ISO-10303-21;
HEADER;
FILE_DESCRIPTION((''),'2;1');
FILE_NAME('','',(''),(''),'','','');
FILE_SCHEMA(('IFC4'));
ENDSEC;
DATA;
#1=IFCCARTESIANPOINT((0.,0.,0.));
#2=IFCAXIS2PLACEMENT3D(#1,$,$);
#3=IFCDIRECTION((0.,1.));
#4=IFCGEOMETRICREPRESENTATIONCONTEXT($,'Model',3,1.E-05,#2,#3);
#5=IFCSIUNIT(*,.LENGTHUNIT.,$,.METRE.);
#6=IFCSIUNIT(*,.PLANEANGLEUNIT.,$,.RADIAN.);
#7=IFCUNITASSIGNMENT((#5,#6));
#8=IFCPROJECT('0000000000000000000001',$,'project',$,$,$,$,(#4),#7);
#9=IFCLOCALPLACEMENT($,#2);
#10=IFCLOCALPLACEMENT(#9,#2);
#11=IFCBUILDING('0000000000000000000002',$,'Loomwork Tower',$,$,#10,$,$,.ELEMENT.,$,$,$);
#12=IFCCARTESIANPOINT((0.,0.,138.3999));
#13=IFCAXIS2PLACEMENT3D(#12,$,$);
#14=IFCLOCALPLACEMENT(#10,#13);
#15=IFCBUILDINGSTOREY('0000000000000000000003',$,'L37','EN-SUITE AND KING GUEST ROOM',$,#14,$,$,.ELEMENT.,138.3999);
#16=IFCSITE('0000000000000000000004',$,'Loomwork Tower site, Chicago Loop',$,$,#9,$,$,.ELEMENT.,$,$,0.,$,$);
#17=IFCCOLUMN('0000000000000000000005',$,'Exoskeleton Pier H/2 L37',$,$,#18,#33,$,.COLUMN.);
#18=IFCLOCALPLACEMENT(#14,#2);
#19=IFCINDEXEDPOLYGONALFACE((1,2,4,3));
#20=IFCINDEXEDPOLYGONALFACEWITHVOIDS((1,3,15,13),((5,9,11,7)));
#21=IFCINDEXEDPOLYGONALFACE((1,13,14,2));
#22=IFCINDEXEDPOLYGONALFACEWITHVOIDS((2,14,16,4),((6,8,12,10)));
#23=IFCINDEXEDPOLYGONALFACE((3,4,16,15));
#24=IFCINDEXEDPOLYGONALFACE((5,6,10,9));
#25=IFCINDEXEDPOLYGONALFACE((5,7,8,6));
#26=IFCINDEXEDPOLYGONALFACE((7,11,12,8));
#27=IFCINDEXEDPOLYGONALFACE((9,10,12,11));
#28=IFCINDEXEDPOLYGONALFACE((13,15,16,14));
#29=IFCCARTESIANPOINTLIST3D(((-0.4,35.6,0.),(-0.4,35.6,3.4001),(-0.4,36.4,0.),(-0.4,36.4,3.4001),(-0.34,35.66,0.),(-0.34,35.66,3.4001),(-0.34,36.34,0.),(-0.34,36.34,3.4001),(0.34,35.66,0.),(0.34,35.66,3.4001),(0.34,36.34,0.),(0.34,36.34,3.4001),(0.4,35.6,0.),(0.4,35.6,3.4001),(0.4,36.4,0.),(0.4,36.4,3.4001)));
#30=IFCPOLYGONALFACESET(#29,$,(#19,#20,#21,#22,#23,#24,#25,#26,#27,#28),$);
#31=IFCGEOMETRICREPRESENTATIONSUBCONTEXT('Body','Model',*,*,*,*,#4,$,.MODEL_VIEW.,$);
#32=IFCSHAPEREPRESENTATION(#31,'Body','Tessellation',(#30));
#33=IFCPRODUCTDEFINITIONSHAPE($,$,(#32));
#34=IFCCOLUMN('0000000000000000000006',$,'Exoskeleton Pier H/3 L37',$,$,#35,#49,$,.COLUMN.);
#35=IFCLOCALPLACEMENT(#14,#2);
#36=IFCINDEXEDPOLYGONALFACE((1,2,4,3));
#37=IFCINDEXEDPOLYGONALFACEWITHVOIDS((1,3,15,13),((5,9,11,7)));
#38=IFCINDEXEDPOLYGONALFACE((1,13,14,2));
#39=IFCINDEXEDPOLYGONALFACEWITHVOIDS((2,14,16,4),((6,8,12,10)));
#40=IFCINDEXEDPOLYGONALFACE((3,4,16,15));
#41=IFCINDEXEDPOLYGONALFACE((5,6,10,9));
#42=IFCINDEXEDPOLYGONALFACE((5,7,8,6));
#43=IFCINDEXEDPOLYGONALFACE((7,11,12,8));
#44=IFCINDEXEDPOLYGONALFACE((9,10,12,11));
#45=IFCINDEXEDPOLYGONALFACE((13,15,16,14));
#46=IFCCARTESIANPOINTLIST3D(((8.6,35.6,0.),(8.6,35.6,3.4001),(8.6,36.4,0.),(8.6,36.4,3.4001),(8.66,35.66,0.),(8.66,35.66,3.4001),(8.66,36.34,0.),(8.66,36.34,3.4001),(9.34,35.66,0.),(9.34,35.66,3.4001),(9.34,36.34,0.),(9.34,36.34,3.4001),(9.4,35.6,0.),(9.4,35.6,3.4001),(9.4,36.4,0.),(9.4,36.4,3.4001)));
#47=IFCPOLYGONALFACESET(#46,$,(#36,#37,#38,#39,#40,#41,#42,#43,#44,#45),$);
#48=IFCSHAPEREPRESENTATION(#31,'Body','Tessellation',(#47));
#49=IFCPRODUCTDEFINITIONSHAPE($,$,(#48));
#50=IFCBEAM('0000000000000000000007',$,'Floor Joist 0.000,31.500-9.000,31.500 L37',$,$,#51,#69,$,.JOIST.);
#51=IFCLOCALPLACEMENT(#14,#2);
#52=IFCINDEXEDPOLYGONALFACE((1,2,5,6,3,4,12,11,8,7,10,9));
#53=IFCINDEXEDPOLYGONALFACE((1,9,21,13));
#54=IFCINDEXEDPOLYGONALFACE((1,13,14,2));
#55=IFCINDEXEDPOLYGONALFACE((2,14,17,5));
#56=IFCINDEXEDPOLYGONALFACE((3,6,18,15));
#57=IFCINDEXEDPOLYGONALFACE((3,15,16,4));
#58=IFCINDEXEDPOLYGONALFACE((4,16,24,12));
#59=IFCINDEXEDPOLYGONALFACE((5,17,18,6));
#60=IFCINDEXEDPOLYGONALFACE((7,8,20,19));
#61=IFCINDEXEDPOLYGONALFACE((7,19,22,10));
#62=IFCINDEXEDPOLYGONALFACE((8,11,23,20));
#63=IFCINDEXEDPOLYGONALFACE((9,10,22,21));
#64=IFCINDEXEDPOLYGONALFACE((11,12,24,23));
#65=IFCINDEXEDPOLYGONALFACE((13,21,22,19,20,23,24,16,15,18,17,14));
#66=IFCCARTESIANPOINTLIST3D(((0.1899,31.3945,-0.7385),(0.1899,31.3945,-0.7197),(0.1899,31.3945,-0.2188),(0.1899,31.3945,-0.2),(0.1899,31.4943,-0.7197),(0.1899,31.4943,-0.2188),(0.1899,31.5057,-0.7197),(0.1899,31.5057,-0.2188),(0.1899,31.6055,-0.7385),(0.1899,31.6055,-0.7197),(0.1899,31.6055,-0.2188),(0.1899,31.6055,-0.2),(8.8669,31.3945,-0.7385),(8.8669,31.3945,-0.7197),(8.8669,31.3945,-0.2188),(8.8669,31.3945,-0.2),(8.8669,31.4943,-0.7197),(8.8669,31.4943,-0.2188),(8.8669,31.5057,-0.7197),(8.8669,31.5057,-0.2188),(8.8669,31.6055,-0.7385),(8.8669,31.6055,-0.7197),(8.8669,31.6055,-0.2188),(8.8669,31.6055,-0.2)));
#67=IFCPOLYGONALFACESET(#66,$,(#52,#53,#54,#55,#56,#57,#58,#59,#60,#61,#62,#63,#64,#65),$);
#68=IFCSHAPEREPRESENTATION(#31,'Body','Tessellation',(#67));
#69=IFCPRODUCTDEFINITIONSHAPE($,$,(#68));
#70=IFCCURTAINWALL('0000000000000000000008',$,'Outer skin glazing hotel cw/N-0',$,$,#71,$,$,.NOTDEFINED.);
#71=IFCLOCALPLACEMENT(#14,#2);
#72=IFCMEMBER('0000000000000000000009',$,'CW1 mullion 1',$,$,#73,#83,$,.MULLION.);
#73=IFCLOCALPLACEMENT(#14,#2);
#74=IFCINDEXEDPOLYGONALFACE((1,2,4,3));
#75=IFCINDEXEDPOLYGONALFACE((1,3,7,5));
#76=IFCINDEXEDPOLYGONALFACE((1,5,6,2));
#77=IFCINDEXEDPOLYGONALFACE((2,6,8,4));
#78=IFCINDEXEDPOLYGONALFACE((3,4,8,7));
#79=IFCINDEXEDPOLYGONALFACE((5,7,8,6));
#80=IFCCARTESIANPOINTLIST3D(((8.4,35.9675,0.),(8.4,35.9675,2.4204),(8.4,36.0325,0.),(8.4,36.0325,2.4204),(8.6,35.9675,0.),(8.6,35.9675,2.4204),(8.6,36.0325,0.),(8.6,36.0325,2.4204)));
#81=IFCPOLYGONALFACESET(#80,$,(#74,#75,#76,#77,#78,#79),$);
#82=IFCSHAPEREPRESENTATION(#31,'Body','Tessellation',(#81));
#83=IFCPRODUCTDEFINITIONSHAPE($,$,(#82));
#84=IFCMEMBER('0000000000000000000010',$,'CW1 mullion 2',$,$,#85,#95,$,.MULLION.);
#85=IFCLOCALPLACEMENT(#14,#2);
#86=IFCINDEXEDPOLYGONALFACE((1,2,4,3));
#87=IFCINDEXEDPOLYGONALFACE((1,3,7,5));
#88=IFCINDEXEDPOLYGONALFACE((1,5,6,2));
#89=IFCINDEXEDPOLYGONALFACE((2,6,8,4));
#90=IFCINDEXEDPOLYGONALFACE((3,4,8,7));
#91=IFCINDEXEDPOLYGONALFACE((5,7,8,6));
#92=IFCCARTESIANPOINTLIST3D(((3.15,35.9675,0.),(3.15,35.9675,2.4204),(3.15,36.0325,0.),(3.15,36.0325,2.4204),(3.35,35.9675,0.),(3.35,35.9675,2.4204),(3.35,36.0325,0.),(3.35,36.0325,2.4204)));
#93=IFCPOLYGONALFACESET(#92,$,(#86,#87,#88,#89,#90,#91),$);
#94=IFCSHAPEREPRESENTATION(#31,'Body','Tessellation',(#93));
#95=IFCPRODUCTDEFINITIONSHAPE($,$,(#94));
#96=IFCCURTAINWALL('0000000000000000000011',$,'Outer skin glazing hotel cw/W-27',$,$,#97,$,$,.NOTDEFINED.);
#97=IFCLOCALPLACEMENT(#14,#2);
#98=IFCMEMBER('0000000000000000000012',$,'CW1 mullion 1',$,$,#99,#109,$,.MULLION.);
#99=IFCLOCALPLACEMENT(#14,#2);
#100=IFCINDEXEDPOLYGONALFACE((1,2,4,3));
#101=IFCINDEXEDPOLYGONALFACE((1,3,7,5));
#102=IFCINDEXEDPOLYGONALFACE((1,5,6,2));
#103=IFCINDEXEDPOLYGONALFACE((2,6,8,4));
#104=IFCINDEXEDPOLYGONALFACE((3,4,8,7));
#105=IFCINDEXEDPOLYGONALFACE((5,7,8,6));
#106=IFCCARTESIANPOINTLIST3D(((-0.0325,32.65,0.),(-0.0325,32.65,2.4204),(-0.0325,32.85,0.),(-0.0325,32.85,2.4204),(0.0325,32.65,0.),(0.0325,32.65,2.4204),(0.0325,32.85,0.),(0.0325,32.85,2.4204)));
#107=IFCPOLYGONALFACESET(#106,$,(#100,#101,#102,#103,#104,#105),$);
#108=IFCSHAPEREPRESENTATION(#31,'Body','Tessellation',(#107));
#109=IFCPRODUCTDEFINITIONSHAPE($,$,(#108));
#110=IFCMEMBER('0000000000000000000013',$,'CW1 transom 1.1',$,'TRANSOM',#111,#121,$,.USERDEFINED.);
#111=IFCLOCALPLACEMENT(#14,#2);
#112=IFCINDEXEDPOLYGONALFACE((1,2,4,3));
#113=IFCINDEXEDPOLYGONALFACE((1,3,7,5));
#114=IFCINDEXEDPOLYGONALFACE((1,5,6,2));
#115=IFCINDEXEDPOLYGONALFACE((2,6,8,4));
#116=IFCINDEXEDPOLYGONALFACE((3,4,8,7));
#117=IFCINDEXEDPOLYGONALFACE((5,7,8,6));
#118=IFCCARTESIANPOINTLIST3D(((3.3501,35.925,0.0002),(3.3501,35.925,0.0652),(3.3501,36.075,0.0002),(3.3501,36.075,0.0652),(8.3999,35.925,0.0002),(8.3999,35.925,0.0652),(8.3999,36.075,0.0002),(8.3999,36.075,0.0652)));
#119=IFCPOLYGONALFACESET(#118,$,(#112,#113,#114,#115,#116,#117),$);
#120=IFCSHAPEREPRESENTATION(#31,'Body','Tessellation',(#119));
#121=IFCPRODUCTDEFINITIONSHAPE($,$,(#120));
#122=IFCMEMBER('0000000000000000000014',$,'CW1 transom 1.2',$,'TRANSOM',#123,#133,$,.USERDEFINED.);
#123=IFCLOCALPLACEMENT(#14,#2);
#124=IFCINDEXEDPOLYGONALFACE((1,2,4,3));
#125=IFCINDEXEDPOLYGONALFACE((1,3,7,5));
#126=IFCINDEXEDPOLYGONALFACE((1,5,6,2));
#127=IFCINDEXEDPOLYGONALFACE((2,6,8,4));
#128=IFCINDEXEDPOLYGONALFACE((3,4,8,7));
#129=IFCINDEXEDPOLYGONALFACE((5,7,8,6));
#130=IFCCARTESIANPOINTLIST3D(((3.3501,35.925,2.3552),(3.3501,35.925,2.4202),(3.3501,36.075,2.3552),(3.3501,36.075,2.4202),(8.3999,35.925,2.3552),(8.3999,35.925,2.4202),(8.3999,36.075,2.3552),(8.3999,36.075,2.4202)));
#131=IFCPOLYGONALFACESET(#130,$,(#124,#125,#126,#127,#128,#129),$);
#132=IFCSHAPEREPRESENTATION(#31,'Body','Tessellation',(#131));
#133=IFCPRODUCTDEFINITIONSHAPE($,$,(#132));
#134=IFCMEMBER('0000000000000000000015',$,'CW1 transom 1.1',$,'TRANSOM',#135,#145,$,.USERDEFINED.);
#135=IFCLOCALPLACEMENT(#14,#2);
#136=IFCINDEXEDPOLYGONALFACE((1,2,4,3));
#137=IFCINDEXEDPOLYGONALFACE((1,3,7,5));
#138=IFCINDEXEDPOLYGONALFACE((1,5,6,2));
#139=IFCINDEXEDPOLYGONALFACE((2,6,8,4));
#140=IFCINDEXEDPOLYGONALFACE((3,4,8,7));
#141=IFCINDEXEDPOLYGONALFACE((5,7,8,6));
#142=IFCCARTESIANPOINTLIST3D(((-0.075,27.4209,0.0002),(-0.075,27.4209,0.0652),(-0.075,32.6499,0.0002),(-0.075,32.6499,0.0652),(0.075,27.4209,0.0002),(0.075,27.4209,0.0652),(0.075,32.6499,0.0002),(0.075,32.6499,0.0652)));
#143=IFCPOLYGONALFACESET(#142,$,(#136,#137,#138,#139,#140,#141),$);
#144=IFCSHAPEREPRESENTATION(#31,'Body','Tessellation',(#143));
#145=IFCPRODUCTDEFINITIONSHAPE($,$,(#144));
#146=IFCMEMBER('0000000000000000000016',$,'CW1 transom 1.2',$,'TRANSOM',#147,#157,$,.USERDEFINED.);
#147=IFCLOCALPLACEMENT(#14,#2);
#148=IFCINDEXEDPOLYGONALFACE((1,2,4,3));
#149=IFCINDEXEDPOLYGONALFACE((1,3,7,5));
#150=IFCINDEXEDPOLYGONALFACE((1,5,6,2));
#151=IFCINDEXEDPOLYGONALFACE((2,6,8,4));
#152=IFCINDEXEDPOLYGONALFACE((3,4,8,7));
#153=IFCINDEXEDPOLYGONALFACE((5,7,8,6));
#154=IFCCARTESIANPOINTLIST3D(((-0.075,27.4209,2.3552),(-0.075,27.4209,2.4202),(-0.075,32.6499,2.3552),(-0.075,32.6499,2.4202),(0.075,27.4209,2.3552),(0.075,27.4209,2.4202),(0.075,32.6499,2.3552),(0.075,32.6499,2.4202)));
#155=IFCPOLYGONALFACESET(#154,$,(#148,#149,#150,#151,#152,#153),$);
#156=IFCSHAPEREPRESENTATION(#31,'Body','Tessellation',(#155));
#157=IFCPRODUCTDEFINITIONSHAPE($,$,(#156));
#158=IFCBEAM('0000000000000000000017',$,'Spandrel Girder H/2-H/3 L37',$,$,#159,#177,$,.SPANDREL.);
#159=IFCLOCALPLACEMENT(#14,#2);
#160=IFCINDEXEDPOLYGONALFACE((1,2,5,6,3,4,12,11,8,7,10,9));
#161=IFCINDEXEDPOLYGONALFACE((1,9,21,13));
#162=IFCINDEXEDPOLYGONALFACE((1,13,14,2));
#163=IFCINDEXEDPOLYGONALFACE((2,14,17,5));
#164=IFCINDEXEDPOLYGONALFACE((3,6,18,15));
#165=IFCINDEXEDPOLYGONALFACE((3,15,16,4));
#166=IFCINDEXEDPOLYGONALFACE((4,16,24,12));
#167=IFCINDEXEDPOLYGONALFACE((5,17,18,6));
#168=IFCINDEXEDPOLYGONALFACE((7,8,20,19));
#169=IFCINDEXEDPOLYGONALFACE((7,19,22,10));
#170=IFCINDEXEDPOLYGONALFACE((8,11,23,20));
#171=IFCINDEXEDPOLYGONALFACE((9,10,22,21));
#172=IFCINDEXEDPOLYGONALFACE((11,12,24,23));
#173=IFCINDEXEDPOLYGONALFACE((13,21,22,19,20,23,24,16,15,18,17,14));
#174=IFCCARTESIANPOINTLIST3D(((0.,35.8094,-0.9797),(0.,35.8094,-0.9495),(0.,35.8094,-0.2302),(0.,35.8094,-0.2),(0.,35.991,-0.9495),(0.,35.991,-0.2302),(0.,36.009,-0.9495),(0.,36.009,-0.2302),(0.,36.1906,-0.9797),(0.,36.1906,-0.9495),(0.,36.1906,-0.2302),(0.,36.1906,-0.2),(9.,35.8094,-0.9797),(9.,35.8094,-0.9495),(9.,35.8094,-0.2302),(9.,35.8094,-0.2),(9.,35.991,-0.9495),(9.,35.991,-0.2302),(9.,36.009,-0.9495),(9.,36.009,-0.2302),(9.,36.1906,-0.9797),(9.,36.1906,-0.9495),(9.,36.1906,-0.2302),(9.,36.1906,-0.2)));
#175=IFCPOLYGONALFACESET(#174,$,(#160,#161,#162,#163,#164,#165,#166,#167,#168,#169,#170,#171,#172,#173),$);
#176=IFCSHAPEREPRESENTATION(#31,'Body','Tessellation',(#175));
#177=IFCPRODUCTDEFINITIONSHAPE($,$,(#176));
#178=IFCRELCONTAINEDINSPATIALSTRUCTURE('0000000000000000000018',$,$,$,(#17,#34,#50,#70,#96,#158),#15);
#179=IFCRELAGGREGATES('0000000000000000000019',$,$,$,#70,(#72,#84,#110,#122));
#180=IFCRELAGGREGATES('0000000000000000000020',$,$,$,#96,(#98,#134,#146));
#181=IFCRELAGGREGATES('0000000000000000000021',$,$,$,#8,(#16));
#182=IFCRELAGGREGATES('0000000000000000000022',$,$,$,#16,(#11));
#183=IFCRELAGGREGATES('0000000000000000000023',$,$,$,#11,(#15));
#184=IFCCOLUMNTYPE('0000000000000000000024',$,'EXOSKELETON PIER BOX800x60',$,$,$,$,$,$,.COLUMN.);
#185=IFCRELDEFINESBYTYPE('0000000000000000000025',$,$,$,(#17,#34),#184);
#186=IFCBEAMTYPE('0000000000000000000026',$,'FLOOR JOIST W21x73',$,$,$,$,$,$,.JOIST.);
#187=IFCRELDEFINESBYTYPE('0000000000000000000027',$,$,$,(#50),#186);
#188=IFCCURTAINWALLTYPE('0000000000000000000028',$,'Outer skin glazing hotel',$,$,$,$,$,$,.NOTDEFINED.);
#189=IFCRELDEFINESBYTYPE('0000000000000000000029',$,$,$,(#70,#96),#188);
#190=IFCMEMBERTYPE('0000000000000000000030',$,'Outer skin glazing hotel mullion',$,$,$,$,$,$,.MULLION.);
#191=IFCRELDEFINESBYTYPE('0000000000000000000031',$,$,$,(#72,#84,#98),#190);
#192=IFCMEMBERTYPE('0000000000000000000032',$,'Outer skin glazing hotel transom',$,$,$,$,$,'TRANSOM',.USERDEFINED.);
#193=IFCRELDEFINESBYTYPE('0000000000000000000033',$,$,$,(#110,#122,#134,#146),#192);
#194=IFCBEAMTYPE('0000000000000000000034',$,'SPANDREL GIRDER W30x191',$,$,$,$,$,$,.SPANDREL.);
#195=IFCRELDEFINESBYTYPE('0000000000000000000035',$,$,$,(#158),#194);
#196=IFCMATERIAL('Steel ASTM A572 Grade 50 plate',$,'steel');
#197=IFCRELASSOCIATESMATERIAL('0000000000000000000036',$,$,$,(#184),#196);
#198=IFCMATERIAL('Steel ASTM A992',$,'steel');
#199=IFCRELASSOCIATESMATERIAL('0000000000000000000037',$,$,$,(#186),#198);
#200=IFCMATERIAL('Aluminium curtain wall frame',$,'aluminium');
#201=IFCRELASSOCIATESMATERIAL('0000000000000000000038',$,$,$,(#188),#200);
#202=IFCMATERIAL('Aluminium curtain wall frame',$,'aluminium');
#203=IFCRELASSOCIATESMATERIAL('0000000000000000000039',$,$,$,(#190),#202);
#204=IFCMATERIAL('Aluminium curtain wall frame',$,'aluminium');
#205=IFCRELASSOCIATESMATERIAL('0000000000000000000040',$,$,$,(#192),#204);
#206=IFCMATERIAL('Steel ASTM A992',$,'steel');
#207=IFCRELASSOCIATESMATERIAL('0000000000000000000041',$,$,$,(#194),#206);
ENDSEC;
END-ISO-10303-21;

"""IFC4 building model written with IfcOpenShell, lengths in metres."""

from ifc_helpers import new_model, si_unit, direction, frame, origin, origin_2d, place, context, subcontext, project, spatial, rectangle, hollow_rectangle, i_section, extrude, material, material_profile, profile_set, type_object, element, aggregate, save


model = new_model("IFC4")

# Units and contexts
model_context = context("Model", 3, precision=1e-05, world=origin(), true_north=direction((0.0, 1.0)))
body_context = subcontext(model_context, "Body", "Model", "MODEL_VIEW")
ifc_project = project(units=[si_unit("LENGTHUNIT", "METRE"), si_unit("PLANEANGLEUNIT", "RADIAN")], contexts=[model_context])

# Site, building, storey
site_placement = place(None, origin())
site = spatial("IfcSite", under=ifc_project, at=site_placement, Name="Loomwork Tower site, Chicago Loop", CompositionType="ELEMENT", RefElevation=0.0)
building_placement = place(site_placement, origin())
building = spatial("IfcBuilding", under=site, at=building_placement, Name="Loomwork Tower", CompositionType="ELEMENT")
storey_placement = place(building_placement, frame((0.0, 0.0, 138.3999)))
storey = spatial("IfcBuildingStorey", under=building, at=storey_placement, Name="L37", Description="EN-SUITE AND KING GUEST ROOM", CompositionType="ELEMENT", Elevation=138.3999)

# Columns
ifc_material_1 = material(Name="Steel ASTM A572 Grade 50 plate", Category="steel")
ifc_material_profile_1 = material_profile(ifc_material_1, hollow_rectangle(XDim=0.8, YDim=0.8, WallThickness=0.0601, at=origin_2d()), Name="BOX800x60")
ifc_profile_set_1 = profile_set([ifc_material_profile_1], Name="Steel ASTM A572 Grade 50 plate")
column_type = type_object("IfcColumnType", Name="EXOSKELETON PIER BOX800x60", PredefinedType="COLUMN", material=ifc_profile_set_1)
for number, where, z_axis, x_axis, name in (
    (1, (0.0, 36.0, 0.0), (0.0, 0.0, 1.0), (1.0, 0.0, 0.0), "Exoskeleton Pier H/2 L37"),
    (2, (9.0, 36.0, 0.0), (0.0, 0.0, 1.0), (1.0, 0.0, 0.0), "Exoskeleton Pier H/3 L37"),
):
    element("IfcColumn", number, at=place(storey_placement, frame(where, z_axis=z_axis, x_axis=x_axis)), inside=storey, type_object=column_type, Name=name, PredefinedType="COLUMN", context=body_context, shape_type="SweptSolid", body=[
        extrude(hollow_rectangle(XDim=0.8, YDim=0.8, WallThickness=0.0601, at=origin_2d()), origin(), (0.0, 0.0, 1.0), 3.4001),
    ])

# Beam
ifc_material_2 = material(Name="Steel ASTM A992", Category="steel")
ifc_material_profile_2 = material_profile(ifc_material_2, i_section(OverallWidth=0.2109, OverallDepth=0.5386, WebThickness=0.0115, FlangeThickness=0.0188, at=origin_2d()), Name="W21x73")
ifc_profile_set_2 = profile_set([ifc_material_profile_2], Name="Steel ASTM A992")
beam_type_1 = type_object("IfcBeamType", Name="FLOOR JOIST W21x73", PredefinedType="JOIST", material=ifc_profile_set_2)
beam_placement = place(storey_placement, frame((0.1899, 31.5, -0.4692), z_axis=(1.0, 0.0, 0.0), x_axis=(0.0, 1.0, 0.0)))
element("IfcBeam", 3, at=beam_placement, inside=storey, type_object=beam_type_1, Name="Floor Joist 0.000,31.500-9.000,31.500 L37", PredefinedType="JOIST", context=body_context, shape_type="SweptSolid", body=[
    extrude(i_section(OverallWidth=0.2109, OverallDepth=0.5386, WebThickness=0.0115, FlangeThickness=0.0188, at=origin_2d()), origin(), (0.0, 0.0, 1.0), 8.677),
])

# Curtain wall, members
ifc_material_3 = material(Name="Aluminium curtain wall frame", Category="aluminium")
curtain_wall_type = type_object("IfcCurtainWallType", Name="Outer skin glazing hotel", PredefinedType="NOTDEFINED", material=ifc_material_3)
curtain_wall_1_placement = place(storey_placement, origin())
curtain_wall_1 = element("IfcCurtainWall", 4, at=curtain_wall_1_placement, inside=storey, type_object=curtain_wall_type, Name="Outer skin glazing hotel cw/N-0", PredefinedType="NOTDEFINED")
ifc_material_4 = material(Name="Aluminium curtain wall frame", Category="aluminium")
ifc_material_profile_3 = material_profile(ifc_material_4, rectangle(XDim=0.0649, YDim=0.2, at=origin_2d()), Name="AL 65x200")
ifc_profile_set_3 = profile_set([ifc_material_profile_3], Name="Aluminium curtain wall frame")
member_type_1 = type_object("IfcMemberType", Name="Outer skin glazing hotel mullion", PredefinedType="MULLION", material=ifc_profile_set_3)
member_1_placement = place(storey_placement, frame((8.5, 36.0, 0.0), z_axis=(0.0, 0.0, 1.0), x_axis=(0.0, -1.0, 0.0)))
member_1 = element("IfcMember", 5, at=member_1_placement, type_object=member_type_1, Name="CW1 mullion 1", PredefinedType="MULLION", context=body_context, shape_type="SweptSolid", body=[
    extrude(rectangle(XDim=0.0649, YDim=0.2, at=origin_2d()), origin(), (0.0, 0.0, 1.0), 2.4204),
])
member_2_placement = place(storey_placement, frame((3.25, 36.0, 0.0), z_axis=(0.0, 0.0, 1.0), x_axis=(0.0, -1.0, 0.0)))
member_2 = element("IfcMember", 6, at=member_2_placement, type_object=member_type_1, Name="CW1 mullion 2", PredefinedType="MULLION", context=body_context, shape_type="SweptSolid", body=[
    extrude(rectangle(XDim=0.0649, YDim=0.2, at=origin_2d()), origin(), (0.0, 0.0, 1.0), 2.4204),
])

# Curtain wall, member
curtain_wall_2_placement = place(storey_placement, origin())
curtain_wall_2 = element("IfcCurtainWall", 7, at=curtain_wall_2_placement, inside=storey, type_object=curtain_wall_type, Name="Outer skin glazing hotel cw/W-27", PredefinedType="NOTDEFINED")
member_3_placement = place(storey_placement, frame((0.0, 32.75, 0.0), z_axis=(0.0, 0.0, 1.0), x_axis=(1.0, 0.0, 0.0)))
member_3 = element("IfcMember", 8, at=member_3_placement, type_object=member_type_1, Name="CW1 mullion 1", PredefinedType="MULLION", context=body_context, shape_type="SweptSolid", body=[
    extrude(rectangle(XDim=0.0649, YDim=0.2, at=origin_2d()), origin(), (0.0, 0.0, 1.0), 2.4204),
])

# Members
ifc_material_5 = material(Name="Aluminium curtain wall frame", Category="aluminium")
ifc_material_profile_4 = material_profile(ifc_material_5, rectangle(XDim=0.1499, YDim=0.0649, at=origin_2d()), Name="AL 65x150")
ifc_profile_set_4 = profile_set([ifc_material_profile_4], Name="Aluminium curtain wall frame")
member_type_2 = type_object("IfcMemberType", Name="Outer skin glazing hotel transom", ElementType="TRANSOM", PredefinedType="USERDEFINED", material=ifc_profile_set_4)
member_4_placement = place(storey_placement, frame((8.3999, 36.0, 0.0327), z_axis=(-1.0, 0.0, 0.0), x_axis=(0.0, -1.0, 0.0)))
member_4 = element("IfcMember", 9, at=member_4_placement, type_object=member_type_2, Name="CW1 transom 1.1", ObjectType="TRANSOM", PredefinedType="USERDEFINED", context=body_context, shape_type="SweptSolid", body=[
    extrude(rectangle(XDim=0.1499, YDim=0.0649, at=origin_2d()), origin(), (0.0, 0.0, 1.0), 5.0498),
])
member_5_placement = place(storey_placement, frame((8.3999, 36.0, 2.3877), z_axis=(-1.0, 0.0, 0.0), x_axis=(0.0, -1.0, 0.0)))
member_5 = element("IfcMember", 10, at=member_5_placement, type_object=member_type_2, Name="CW1 transom 1.2", ObjectType="TRANSOM", PredefinedType="USERDEFINED", context=body_context, shape_type="SweptSolid", body=[
    extrude(rectangle(XDim=0.1499, YDim=0.0649, at=origin_2d()), origin(), (0.0, 0.0, 1.0), 5.0498),
])
member_6_placement = place(storey_placement, frame((0.0, 32.6499, 0.0327), z_axis=(0.0, -1.0, 0.0), x_axis=(1.0, 0.0, 0.0)))
member_6 = element("IfcMember", 11, at=member_6_placement, type_object=member_type_2, Name="CW1 transom 1.1", ObjectType="TRANSOM", PredefinedType="USERDEFINED", context=body_context, shape_type="SweptSolid", body=[
    extrude(rectangle(XDim=0.1499, YDim=0.0649, at=origin_2d()), origin(), (0.0, 0.0, 1.0), 5.229),
])
member_7_placement = place(storey_placement, frame((0.0, 32.6499, 2.3877), z_axis=(0.0, -1.0, 0.0), x_axis=(1.0, 0.0, 0.0)))
member_7 = element("IfcMember", 12, at=member_7_placement, type_object=member_type_2, Name="CW1 transom 1.2", ObjectType="TRANSOM", PredefinedType="USERDEFINED", context=body_context, shape_type="SweptSolid", body=[
    extrude(rectangle(XDim=0.1499, YDim=0.0649, at=origin_2d()), origin(), (0.0, 0.0, 1.0), 5.229),
])

# Beam
ifc_material_6 = material(Name="Steel ASTM A992", Category="steel")
ifc_material_profile_5 = material_profile(ifc_material_6, i_section(OverallWidth=0.3811, OverallDepth=0.7798, WebThickness=0.0181, FlangeThickness=0.0303, at=origin_2d()), Name="W30x191")
ifc_profile_set_5 = profile_set([ifc_material_profile_5], Name="Steel ASTM A992")
beam_type_2 = type_object("IfcBeamType", Name="SPANDREL GIRDER W30x191", PredefinedType="SPANDREL", material=ifc_profile_set_5)
for number, where, z_axis, x_axis, name in (
    (13, (0.0, 36.0, -0.5898), (1.0, 0.0, 0.0), (0.0, 1.0, 0.0), "Spandrel Girder H/2-H/3 L37"),
):
    element("IfcBeam", number, at=place(storey_placement, frame(where, z_axis=z_axis, x_axis=x_axis)), inside=storey, type_object=beam_type_2, Name=name, PredefinedType="SPANDREL", context=body_context, shape_type="SweptSolid", body=[
        extrude(i_section(OverallWidth=0.3811, OverallDepth=0.7798, WebThickness=0.0181, FlangeThickness=0.0303, at=origin_2d()), origin(), (0.0, 0.0, 1.0), 9.0),
    ])

aggregate(curtain_wall_1, [member_1, member_2, member_4, member_5])
aggregate(curtain_wall_2, [member_3, member_6, member_7])

save(model, "model.ifc")
